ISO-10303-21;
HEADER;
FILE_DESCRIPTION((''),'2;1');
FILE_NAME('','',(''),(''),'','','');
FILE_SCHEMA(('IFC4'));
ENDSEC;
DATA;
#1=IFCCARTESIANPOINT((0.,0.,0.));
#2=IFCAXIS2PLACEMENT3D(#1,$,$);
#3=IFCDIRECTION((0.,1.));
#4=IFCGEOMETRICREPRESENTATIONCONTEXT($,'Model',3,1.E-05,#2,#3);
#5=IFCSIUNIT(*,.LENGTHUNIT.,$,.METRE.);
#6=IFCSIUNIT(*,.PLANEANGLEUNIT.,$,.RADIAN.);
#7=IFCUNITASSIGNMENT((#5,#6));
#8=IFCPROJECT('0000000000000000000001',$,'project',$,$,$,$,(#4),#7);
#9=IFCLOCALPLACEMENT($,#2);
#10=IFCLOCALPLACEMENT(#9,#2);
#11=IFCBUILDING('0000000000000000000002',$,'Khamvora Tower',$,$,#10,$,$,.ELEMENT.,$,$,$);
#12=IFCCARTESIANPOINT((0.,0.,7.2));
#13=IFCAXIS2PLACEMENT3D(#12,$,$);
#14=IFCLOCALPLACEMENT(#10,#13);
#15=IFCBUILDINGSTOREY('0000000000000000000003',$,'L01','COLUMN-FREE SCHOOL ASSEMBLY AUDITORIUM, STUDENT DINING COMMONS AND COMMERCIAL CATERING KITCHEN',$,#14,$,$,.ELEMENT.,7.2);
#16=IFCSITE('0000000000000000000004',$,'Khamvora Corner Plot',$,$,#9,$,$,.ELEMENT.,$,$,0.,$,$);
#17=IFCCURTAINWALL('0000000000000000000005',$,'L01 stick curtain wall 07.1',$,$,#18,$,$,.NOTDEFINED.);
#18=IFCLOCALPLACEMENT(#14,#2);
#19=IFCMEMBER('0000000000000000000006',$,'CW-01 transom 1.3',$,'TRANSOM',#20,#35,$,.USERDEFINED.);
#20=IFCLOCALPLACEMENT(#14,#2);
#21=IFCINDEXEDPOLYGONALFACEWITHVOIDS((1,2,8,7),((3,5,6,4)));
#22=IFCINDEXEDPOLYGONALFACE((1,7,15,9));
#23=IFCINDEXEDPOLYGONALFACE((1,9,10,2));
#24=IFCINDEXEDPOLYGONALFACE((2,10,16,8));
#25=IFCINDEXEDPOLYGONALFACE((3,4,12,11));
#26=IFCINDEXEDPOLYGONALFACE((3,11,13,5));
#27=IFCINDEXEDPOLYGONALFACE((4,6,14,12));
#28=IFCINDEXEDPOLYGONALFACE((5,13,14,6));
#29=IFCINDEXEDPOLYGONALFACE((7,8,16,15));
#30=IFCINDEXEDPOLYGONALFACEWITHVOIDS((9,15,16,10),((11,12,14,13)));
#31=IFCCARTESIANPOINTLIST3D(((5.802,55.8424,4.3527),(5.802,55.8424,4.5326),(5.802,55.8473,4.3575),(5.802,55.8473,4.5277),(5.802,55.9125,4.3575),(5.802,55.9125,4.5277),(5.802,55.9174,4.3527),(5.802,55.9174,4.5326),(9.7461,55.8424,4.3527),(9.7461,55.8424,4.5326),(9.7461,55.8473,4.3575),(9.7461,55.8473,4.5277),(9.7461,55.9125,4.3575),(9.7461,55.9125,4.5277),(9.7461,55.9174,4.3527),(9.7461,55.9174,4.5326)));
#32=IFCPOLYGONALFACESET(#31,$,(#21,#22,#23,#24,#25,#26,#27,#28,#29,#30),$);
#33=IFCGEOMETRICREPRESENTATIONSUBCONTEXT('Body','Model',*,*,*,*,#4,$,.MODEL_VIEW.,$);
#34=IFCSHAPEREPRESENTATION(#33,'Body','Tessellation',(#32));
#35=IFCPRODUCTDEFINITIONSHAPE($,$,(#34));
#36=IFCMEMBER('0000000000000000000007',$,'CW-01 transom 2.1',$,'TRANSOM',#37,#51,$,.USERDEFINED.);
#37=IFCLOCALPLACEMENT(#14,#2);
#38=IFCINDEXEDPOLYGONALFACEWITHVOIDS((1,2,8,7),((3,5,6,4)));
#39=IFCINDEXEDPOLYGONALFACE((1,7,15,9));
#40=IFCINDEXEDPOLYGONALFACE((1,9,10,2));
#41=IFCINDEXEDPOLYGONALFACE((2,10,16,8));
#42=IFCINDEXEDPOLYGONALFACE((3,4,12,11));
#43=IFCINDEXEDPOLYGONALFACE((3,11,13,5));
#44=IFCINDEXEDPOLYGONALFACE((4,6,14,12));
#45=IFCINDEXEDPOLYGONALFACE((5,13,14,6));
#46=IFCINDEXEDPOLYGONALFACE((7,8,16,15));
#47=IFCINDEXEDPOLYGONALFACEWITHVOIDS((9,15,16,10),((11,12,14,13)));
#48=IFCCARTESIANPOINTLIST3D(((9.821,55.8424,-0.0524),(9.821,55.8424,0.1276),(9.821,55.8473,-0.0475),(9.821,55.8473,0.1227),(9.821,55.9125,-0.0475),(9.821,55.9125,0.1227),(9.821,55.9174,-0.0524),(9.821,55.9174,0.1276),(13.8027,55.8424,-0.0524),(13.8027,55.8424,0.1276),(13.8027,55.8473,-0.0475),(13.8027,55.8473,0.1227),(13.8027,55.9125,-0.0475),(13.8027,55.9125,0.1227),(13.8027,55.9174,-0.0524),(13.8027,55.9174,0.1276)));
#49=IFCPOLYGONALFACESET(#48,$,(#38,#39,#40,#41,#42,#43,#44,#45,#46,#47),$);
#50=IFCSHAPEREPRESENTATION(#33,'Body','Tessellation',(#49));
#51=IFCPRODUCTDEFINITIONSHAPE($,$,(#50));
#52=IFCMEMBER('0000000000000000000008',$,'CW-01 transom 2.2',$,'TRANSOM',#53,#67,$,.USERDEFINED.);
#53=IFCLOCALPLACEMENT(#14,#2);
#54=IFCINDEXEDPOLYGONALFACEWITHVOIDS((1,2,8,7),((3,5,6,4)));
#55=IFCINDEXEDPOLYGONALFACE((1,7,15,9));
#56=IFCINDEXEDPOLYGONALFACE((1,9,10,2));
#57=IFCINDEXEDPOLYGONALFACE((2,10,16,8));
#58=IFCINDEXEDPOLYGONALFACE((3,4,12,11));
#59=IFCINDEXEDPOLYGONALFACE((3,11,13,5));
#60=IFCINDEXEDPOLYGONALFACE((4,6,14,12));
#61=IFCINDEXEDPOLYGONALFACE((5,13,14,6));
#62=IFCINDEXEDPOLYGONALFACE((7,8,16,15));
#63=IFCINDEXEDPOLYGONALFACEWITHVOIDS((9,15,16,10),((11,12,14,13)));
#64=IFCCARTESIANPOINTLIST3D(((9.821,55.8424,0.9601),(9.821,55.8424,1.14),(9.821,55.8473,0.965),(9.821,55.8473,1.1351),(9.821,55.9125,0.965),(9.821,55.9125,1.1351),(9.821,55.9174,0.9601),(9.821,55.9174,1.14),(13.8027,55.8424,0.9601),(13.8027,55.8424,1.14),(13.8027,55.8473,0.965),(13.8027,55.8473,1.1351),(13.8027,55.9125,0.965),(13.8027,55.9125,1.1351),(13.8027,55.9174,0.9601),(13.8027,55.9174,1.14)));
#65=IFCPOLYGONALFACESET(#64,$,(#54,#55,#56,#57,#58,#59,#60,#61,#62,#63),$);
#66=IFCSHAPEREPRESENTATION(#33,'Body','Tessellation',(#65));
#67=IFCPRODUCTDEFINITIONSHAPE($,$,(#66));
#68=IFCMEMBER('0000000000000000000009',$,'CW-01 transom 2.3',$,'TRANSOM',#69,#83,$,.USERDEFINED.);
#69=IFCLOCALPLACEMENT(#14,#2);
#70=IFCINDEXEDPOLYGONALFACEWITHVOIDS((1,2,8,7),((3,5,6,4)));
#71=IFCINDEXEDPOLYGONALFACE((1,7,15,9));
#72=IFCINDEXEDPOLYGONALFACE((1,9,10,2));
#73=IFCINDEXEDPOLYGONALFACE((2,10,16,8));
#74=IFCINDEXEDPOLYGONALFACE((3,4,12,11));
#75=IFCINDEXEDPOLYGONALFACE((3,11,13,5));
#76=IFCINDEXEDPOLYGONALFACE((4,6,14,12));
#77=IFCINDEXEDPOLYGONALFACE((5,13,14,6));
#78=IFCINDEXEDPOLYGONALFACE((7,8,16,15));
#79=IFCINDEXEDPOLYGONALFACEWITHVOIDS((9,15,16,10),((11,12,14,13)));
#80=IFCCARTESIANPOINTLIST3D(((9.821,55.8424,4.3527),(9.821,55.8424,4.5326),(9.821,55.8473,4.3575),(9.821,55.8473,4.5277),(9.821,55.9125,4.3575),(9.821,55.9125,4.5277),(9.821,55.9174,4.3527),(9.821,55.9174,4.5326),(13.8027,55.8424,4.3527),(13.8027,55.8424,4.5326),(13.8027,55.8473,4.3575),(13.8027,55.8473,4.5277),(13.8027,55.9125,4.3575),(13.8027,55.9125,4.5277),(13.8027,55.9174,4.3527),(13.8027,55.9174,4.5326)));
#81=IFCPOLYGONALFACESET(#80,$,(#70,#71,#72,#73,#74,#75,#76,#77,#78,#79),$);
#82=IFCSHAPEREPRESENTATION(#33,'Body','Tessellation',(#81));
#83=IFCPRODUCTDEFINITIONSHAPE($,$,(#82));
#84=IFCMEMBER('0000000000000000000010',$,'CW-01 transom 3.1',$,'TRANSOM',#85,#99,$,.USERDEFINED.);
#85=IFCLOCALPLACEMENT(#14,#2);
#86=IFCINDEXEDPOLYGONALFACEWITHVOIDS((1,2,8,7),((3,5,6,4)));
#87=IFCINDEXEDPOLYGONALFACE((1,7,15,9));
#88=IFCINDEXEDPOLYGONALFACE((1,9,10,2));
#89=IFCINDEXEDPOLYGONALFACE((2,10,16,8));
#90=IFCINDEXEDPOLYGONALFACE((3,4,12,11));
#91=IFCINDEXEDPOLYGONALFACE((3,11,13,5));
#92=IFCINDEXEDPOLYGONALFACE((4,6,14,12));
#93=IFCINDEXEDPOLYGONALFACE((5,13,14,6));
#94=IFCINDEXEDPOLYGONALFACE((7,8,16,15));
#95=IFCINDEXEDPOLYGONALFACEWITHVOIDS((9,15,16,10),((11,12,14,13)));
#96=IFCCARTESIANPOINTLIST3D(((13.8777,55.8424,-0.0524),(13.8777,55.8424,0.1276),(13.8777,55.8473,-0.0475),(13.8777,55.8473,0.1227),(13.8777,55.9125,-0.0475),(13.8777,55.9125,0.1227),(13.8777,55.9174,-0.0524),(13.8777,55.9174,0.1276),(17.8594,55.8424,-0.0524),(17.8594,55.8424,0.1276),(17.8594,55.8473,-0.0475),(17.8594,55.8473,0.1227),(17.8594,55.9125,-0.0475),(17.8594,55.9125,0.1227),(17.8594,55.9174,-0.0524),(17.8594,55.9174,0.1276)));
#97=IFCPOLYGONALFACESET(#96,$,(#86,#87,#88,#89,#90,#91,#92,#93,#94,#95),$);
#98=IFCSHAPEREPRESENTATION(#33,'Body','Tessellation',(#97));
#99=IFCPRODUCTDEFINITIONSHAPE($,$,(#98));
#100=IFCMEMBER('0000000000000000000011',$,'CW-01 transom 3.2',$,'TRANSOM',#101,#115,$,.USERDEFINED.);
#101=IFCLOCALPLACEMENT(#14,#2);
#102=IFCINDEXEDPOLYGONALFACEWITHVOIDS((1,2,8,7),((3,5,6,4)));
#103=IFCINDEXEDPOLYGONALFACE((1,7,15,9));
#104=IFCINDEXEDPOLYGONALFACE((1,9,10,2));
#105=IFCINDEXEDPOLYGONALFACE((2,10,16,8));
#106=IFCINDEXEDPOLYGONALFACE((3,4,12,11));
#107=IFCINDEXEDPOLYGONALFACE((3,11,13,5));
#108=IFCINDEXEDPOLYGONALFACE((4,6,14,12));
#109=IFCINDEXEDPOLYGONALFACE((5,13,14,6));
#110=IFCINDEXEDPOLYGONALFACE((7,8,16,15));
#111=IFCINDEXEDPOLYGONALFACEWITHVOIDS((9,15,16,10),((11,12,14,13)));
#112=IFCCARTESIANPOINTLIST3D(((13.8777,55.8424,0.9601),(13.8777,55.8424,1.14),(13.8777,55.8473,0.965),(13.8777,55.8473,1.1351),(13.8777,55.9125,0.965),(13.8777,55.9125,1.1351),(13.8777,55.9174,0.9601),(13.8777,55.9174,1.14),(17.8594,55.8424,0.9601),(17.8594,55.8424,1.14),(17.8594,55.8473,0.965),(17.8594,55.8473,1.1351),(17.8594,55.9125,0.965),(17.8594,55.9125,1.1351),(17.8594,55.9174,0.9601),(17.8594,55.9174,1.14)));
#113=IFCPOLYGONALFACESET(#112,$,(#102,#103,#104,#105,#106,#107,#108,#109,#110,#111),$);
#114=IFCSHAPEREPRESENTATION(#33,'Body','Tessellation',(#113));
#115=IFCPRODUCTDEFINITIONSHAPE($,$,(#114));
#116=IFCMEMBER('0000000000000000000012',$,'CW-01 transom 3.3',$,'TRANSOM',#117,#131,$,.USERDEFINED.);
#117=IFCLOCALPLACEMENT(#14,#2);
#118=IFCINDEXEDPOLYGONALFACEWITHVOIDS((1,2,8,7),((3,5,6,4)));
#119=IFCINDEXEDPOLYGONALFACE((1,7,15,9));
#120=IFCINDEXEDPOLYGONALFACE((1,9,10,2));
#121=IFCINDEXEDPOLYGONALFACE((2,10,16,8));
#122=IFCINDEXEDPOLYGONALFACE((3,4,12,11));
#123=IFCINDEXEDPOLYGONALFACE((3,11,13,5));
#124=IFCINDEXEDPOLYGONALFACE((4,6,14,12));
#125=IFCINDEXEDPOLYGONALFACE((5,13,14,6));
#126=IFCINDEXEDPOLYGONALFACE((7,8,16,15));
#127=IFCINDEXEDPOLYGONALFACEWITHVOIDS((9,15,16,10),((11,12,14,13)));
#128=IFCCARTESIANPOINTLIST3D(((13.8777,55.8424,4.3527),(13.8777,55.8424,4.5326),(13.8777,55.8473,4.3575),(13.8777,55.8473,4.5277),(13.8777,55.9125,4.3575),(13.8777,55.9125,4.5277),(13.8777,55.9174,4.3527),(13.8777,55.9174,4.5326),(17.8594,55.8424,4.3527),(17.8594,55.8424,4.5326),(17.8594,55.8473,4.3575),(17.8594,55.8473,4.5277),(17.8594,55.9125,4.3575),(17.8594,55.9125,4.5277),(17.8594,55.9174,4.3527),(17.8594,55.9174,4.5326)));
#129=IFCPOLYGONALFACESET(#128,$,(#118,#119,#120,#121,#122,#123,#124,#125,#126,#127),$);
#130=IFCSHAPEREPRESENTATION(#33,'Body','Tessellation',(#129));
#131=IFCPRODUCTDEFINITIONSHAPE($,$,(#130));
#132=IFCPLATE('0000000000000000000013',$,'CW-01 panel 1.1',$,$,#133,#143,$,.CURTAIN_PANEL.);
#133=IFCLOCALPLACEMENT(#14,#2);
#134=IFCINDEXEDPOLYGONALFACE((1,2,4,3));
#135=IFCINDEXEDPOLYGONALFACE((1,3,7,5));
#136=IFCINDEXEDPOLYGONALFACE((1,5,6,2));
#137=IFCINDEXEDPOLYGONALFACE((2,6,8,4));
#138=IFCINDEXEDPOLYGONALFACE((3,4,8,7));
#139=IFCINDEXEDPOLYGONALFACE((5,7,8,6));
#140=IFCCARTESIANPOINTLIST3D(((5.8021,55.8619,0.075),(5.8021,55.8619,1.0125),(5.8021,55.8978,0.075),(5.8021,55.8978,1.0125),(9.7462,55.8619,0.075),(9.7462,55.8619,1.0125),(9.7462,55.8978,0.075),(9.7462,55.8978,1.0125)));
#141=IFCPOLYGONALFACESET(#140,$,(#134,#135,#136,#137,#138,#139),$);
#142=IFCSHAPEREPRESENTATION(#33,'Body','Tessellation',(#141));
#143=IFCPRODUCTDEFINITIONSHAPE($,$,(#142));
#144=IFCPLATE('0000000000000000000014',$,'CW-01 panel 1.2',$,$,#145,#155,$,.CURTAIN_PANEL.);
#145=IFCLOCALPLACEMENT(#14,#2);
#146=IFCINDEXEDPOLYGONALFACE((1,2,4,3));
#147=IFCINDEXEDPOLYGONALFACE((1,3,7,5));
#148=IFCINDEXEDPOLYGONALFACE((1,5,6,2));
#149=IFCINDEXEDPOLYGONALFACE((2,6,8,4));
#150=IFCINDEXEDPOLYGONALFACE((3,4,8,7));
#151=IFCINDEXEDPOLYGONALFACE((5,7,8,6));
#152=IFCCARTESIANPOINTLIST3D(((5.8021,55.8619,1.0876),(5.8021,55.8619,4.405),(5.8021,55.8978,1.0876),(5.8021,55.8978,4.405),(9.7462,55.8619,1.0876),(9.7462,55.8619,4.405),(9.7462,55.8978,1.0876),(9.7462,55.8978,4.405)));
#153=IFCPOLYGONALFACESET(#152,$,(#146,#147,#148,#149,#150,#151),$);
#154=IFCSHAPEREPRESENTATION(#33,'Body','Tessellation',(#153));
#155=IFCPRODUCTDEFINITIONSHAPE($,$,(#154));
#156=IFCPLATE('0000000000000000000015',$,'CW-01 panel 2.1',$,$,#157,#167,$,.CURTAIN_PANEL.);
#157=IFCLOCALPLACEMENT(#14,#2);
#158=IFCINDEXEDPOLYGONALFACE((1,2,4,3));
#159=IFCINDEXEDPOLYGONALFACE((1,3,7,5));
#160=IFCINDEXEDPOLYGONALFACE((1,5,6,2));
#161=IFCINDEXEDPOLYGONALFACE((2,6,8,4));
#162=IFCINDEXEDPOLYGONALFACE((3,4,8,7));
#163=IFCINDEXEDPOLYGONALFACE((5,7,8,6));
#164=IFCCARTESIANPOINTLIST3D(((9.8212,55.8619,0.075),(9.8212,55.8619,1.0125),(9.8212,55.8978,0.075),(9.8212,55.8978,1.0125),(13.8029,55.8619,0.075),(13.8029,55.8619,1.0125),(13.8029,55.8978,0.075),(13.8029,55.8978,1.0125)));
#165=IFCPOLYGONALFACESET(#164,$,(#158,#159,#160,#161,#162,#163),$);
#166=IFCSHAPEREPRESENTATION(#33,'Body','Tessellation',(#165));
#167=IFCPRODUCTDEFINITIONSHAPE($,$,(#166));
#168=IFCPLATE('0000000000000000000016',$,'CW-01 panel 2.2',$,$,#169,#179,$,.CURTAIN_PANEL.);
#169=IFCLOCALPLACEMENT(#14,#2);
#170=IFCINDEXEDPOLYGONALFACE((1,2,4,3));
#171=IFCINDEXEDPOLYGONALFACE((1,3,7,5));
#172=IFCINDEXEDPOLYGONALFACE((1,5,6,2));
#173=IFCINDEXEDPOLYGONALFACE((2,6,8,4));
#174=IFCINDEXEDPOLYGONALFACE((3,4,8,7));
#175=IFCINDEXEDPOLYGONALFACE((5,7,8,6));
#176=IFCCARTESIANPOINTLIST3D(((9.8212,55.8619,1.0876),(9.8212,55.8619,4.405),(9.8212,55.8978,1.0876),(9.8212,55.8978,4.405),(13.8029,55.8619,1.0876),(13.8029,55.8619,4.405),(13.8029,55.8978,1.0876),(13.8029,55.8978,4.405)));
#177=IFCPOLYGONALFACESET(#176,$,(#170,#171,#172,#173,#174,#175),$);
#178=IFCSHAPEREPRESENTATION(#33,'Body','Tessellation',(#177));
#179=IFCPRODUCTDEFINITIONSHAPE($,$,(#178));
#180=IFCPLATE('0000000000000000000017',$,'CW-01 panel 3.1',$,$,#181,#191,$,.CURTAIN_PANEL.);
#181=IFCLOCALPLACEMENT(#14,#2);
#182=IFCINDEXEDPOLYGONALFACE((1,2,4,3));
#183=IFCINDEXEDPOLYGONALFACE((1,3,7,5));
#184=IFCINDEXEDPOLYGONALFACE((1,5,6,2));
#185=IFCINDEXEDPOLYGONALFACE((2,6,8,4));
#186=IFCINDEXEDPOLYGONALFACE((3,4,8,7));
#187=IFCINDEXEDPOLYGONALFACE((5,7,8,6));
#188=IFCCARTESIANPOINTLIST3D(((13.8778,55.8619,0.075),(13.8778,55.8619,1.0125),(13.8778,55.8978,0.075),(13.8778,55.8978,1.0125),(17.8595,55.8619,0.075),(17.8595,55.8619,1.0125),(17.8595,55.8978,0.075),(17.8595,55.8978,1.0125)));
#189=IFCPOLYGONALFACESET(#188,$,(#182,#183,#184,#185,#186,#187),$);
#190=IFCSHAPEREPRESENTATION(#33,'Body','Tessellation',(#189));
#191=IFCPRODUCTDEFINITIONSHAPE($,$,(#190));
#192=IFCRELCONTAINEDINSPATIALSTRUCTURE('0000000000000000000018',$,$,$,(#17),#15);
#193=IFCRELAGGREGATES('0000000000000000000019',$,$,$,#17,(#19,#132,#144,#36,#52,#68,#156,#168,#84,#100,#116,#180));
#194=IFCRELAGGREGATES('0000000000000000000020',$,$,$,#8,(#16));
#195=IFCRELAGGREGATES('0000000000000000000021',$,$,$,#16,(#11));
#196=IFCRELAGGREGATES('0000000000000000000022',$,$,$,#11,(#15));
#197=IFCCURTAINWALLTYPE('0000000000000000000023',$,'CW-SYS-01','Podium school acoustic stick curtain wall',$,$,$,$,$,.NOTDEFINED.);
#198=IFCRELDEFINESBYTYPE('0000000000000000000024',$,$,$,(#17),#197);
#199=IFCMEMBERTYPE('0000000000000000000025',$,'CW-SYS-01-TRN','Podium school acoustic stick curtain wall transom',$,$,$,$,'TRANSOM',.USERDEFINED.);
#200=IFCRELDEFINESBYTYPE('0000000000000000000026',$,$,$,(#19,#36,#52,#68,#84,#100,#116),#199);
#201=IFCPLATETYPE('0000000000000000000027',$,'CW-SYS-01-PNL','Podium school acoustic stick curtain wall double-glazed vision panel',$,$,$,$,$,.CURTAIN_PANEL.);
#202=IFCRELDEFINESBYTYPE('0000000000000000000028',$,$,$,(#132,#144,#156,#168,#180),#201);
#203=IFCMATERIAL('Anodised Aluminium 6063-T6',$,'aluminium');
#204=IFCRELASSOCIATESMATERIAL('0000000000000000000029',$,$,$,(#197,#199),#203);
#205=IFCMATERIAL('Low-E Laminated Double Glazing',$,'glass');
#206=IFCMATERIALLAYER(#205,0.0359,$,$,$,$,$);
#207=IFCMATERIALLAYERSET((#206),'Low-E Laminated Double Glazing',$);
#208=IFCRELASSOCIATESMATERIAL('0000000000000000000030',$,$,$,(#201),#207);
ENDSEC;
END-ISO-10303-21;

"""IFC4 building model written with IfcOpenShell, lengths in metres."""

from ifc_helpers import new_model, si_unit, direction, frame, origin, origin_2d, place, context, subcontext, project, spatial, rectangle, hollow_rectangle, extrude, material, layer, layer_set, material_profile, profile_set, type_object, element, aggregate, save


model = new_model("IFC4")

# Units and contexts
model_context = context("Model", 3, precision=1e-05, world=origin(), true_north=direction((0.0, 1.0)))
body_context = subcontext(model_context, "Body", "Model", "MODEL_VIEW")
ifc_project = project(units=[si_unit("LENGTHUNIT", "METRE"), si_unit("PLANEANGLEUNIT", "RADIAN")], contexts=[model_context])

# Site, building, storey
site_placement = place(None, origin())
site = spatial("IfcSite", under=ifc_project, at=site_placement, Name="Khamvora Corner Plot", CompositionType="ELEMENT", RefElevation=0.0)
building_placement = place(site_placement, origin())
building = spatial("IfcBuilding", under=site, at=building_placement, Name="Khamvora Tower", CompositionType="ELEMENT")
storey_placement = place(building_placement, frame((0.0, 0.0, 7.2)))
storey = spatial("IfcBuildingStorey", under=building, at=storey_placement, Name="L01", Description="COLUMN-FREE SCHOOL ASSEMBLY AUDITORIUM, STUDENT DINING COMMONS AND COMMERCIAL CATERING KITCHEN", CompositionType="ELEMENT", Elevation=7.2)

# Curtain wall, members, plates
ifc_material_1 = material(Name="Anodised Aluminium 6063-T6", Category="aluminium")
curtain_wall_type = type_object("IfcCurtainWallType", Name="CW-SYS-01", Description="Podium school acoustic stick curtain wall", PredefinedType="NOTDEFINED", material=ifc_material_1)
curtain_wall_placement = place(storey_placement, origin())
curtain_wall = element("IfcCurtainWall", 1, at=curtain_wall_placement, inside=storey, type_object=curtain_wall_type, Name="L01 stick curtain wall 07.1", PredefinedType="NOTDEFINED")
ifc_material_profile_1 = material_profile(ifc_material_1, hollow_rectangle(XDim=0.075, YDim=0.1799, WallThickness=0.0049, at=origin_2d()), Name="TRN75x180x5")
ifc_profile_set_1 = profile_set([ifc_material_profile_1], Name="Anodised Aluminium 6063-T6")
member_type_1 = type_object("IfcMemberType", Name="CW-SYS-01-TRN", Description="Podium school acoustic stick curtain wall transom", ElementType="TRANSOM", PredefinedType="USERDEFINED", material=ifc_profile_set_1)
member_1_placement = place(storey_placement, frame((5.802, 55.8799, 4.4426), z_axis=(1.0, 0.0, 0.0), x_axis=(0.0, 1.0, 0.0)))
member_1 = element("IfcMember", 2, at=member_1_placement, type_object=member_type_1, Name="CW-01 transom 1.3", ObjectType="TRANSOM", PredefinedType="USERDEFINED", context=body_context, shape_type="SweptSolid", body=[
    extrude(hollow_rectangle(XDim=0.075, YDim=0.1799, WallThickness=0.0049, at=origin_2d()), origin(), (0.0, 0.0, 1.0), 3.9441),
])
member_2_placement = place(storey_placement, frame((9.821, 55.8799, 0.0376), z_axis=(1.0, 0.0, 0.0), x_axis=(0.0, 1.0, 0.0)))
member_2 = element("IfcMember", 3, at=member_2_placement, type_object=member_type_1, Name="CW-01 transom 2.1", ObjectType="TRANSOM", PredefinedType="USERDEFINED", context=body_context, shape_type="SweptSolid", body=[
    extrude(hollow_rectangle(XDim=0.075, YDim=0.1799, WallThickness=0.0049, at=origin_2d()), origin(), (0.0, 0.0, 1.0), 3.9817),
])
member_3_placement = place(storey_placement, frame((9.821, 55.8799, 1.05), z_axis=(1.0, 0.0, 0.0), x_axis=(0.0, 1.0, 0.0)))
member_3 = element("IfcMember", 4, at=member_3_placement, type_object=member_type_1, Name="CW-01 transom 2.2", ObjectType="TRANSOM", PredefinedType="USERDEFINED", context=body_context, shape_type="SweptSolid", body=[
    extrude(hollow_rectangle(XDim=0.075, YDim=0.1799, WallThickness=0.0049, at=origin_2d()), origin(), (0.0, 0.0, 1.0), 3.9817),
])
member_4_placement = place(storey_placement, frame((9.821, 55.8799, 4.4426), z_axis=(1.0, 0.0, 0.0), x_axis=(0.0, 1.0, 0.0)))
member_4 = element("IfcMember", 5, at=member_4_placement, type_object=member_type_1, Name="CW-01 transom 2.3", ObjectType="TRANSOM", PredefinedType="USERDEFINED", context=body_context, shape_type="SweptSolid", body=[
    extrude(hollow_rectangle(XDim=0.075, YDim=0.1799, WallThickness=0.0049, at=origin_2d()), origin(), (0.0, 0.0, 1.0), 3.9817),
])
member_5_placement = place(storey_placement, frame((13.8777, 55.8799, 0.0376), z_axis=(1.0, 0.0, 0.0), x_axis=(0.0, 1.0, 0.0)))
member_5 = element("IfcMember", 6, at=member_5_placement, type_object=member_type_1, Name="CW-01 transom 3.1", ObjectType="TRANSOM", PredefinedType="USERDEFINED", context=body_context, shape_type="SweptSolid", body=[
    extrude(hollow_rectangle(XDim=0.075, YDim=0.1799, WallThickness=0.0049, at=origin_2d()), origin(), (0.0, 0.0, 1.0), 3.9817),
])
member_6_placement = place(storey_placement, frame((13.8777, 55.8799, 1.05), z_axis=(1.0, 0.0, 0.0), x_axis=(0.0, 1.0, 0.0)))
member_6 = element("IfcMember", 7, at=member_6_placement, type_object=member_type_1, Name="CW-01 transom 3.2", ObjectType="TRANSOM", PredefinedType="USERDEFINED", context=body_context, shape_type="SweptSolid", body=[
    extrude(hollow_rectangle(XDim=0.075, YDim=0.1799, WallThickness=0.0049, at=origin_2d()), origin(), (0.0, 0.0, 1.0), 3.9817),
])
member_7_placement = place(storey_placement, frame((13.8777, 55.8799, 4.4426), z_axis=(1.0, 0.0, 0.0), x_axis=(0.0, 1.0, 0.0)))
member_7 = element("IfcMember", 8, at=member_7_placement, type_object=member_type_1, Name="CW-01 transom 3.3", ObjectType="TRANSOM", PredefinedType="USERDEFINED", context=body_context, shape_type="SweptSolid", body=[
    extrude(hollow_rectangle(XDim=0.075, YDim=0.1799, WallThickness=0.0049, at=origin_2d()), origin(), (0.0, 0.0, 1.0), 3.9817),
])
ifc_material_2 = material(Name="Low-E Laminated Double Glazing", Category="glass")
ifc_layer_1 = layer(ifc_material_2, 0.0359)
ifc_layer_set_1 = layer_set([ifc_layer_1], Name="Low-E Laminated Double Glazing")
plate_type_1 = type_object("IfcPlateType", Name="CW-SYS-01-PNL", Description="Podium school acoustic stick curtain wall double-glazed vision panel", PredefinedType="CURTAIN_PANEL", material=ifc_layer_set_1)
plate_1_placement = place(storey_placement, frame((7.7742, 55.8799, 0.075), z_axis=(0.0, 0.0, 1.0), x_axis=(1.0, 0.0, 0.0)))
plate_1 = element("IfcPlate", 9, at=plate_1_placement, type_object=plate_type_1, Name="CW-01 panel 1.1", PredefinedType="CURTAIN_PANEL", context=body_context, shape_type="SweptSolid", body=[
    extrude(rectangle(XDim=3.9441, YDim=0.0359, at=origin_2d()), origin(), (0.0, 0.0, 1.0), 0.9375),
])
plate_2_placement = place(storey_placement, frame((7.7742, 55.8799, 1.0876), z_axis=(0.0, 0.0, 1.0), x_axis=(1.0, 0.0, 0.0)))
plate_2 = element("IfcPlate", 10, at=plate_2_placement, type_object=plate_type_1, Name="CW-01 panel 1.2", PredefinedType="CURTAIN_PANEL", context=body_context, shape_type="SweptSolid", body=[
    extrude(rectangle(XDim=3.9441, YDim=0.0359, at=origin_2d()), origin(), (0.0, 0.0, 1.0), 3.3174),
])
plate_3_placement = place(storey_placement, frame((11.812, 55.8799, 0.075), z_axis=(0.0, 0.0, 1.0), x_axis=(1.0, 0.0, 0.0)))
plate_3 = element("IfcPlate", 11, at=plate_3_placement, type_object=plate_type_1, Name="CW-01 panel 2.1", PredefinedType="CURTAIN_PANEL", context=body_context, shape_type="SweptSolid", body=[
    extrude(rectangle(XDim=3.9817, YDim=0.0359, at=origin_2d()), origin(), (0.0, 0.0, 1.0), 0.9375),
])
plate_4_placement = place(storey_placement, frame((11.812, 55.8799, 1.0876), z_axis=(0.0, 0.0, 1.0), x_axis=(1.0, 0.0, 0.0)))
plate_4 = element("IfcPlate", 12, at=plate_4_placement, type_object=plate_type_1, Name="CW-01 panel 2.2", PredefinedType="CURTAIN_PANEL", context=body_context, shape_type="SweptSolid", body=[
    extrude(rectangle(XDim=3.9817, YDim=0.0359, at=origin_2d()), origin(), (0.0, 0.0, 1.0), 3.3174),
])
plate_5_placement = place(storey_placement, frame((15.8687, 55.8799, 0.075), z_axis=(0.0, 0.0, 1.0), x_axis=(1.0, 0.0, 0.0)))
plate_5 = element("IfcPlate", 13, at=plate_5_placement, type_object=plate_type_1, Name="CW-01 panel 3.1", PredefinedType="CURTAIN_PANEL", context=body_context, shape_type="SweptSolid", body=[
    extrude(rectangle(XDim=3.9817, YDim=0.0359, at=origin_2d()), origin(), (0.0, 0.0, 1.0), 0.9375),
])
aggregate(curtain_wall, [member_1, plate_1, plate_2, member_2, member_3, member_4, plate_3, plate_4, member_5, member_6, member_7, plate_5])

save(model, "model.ifc")
